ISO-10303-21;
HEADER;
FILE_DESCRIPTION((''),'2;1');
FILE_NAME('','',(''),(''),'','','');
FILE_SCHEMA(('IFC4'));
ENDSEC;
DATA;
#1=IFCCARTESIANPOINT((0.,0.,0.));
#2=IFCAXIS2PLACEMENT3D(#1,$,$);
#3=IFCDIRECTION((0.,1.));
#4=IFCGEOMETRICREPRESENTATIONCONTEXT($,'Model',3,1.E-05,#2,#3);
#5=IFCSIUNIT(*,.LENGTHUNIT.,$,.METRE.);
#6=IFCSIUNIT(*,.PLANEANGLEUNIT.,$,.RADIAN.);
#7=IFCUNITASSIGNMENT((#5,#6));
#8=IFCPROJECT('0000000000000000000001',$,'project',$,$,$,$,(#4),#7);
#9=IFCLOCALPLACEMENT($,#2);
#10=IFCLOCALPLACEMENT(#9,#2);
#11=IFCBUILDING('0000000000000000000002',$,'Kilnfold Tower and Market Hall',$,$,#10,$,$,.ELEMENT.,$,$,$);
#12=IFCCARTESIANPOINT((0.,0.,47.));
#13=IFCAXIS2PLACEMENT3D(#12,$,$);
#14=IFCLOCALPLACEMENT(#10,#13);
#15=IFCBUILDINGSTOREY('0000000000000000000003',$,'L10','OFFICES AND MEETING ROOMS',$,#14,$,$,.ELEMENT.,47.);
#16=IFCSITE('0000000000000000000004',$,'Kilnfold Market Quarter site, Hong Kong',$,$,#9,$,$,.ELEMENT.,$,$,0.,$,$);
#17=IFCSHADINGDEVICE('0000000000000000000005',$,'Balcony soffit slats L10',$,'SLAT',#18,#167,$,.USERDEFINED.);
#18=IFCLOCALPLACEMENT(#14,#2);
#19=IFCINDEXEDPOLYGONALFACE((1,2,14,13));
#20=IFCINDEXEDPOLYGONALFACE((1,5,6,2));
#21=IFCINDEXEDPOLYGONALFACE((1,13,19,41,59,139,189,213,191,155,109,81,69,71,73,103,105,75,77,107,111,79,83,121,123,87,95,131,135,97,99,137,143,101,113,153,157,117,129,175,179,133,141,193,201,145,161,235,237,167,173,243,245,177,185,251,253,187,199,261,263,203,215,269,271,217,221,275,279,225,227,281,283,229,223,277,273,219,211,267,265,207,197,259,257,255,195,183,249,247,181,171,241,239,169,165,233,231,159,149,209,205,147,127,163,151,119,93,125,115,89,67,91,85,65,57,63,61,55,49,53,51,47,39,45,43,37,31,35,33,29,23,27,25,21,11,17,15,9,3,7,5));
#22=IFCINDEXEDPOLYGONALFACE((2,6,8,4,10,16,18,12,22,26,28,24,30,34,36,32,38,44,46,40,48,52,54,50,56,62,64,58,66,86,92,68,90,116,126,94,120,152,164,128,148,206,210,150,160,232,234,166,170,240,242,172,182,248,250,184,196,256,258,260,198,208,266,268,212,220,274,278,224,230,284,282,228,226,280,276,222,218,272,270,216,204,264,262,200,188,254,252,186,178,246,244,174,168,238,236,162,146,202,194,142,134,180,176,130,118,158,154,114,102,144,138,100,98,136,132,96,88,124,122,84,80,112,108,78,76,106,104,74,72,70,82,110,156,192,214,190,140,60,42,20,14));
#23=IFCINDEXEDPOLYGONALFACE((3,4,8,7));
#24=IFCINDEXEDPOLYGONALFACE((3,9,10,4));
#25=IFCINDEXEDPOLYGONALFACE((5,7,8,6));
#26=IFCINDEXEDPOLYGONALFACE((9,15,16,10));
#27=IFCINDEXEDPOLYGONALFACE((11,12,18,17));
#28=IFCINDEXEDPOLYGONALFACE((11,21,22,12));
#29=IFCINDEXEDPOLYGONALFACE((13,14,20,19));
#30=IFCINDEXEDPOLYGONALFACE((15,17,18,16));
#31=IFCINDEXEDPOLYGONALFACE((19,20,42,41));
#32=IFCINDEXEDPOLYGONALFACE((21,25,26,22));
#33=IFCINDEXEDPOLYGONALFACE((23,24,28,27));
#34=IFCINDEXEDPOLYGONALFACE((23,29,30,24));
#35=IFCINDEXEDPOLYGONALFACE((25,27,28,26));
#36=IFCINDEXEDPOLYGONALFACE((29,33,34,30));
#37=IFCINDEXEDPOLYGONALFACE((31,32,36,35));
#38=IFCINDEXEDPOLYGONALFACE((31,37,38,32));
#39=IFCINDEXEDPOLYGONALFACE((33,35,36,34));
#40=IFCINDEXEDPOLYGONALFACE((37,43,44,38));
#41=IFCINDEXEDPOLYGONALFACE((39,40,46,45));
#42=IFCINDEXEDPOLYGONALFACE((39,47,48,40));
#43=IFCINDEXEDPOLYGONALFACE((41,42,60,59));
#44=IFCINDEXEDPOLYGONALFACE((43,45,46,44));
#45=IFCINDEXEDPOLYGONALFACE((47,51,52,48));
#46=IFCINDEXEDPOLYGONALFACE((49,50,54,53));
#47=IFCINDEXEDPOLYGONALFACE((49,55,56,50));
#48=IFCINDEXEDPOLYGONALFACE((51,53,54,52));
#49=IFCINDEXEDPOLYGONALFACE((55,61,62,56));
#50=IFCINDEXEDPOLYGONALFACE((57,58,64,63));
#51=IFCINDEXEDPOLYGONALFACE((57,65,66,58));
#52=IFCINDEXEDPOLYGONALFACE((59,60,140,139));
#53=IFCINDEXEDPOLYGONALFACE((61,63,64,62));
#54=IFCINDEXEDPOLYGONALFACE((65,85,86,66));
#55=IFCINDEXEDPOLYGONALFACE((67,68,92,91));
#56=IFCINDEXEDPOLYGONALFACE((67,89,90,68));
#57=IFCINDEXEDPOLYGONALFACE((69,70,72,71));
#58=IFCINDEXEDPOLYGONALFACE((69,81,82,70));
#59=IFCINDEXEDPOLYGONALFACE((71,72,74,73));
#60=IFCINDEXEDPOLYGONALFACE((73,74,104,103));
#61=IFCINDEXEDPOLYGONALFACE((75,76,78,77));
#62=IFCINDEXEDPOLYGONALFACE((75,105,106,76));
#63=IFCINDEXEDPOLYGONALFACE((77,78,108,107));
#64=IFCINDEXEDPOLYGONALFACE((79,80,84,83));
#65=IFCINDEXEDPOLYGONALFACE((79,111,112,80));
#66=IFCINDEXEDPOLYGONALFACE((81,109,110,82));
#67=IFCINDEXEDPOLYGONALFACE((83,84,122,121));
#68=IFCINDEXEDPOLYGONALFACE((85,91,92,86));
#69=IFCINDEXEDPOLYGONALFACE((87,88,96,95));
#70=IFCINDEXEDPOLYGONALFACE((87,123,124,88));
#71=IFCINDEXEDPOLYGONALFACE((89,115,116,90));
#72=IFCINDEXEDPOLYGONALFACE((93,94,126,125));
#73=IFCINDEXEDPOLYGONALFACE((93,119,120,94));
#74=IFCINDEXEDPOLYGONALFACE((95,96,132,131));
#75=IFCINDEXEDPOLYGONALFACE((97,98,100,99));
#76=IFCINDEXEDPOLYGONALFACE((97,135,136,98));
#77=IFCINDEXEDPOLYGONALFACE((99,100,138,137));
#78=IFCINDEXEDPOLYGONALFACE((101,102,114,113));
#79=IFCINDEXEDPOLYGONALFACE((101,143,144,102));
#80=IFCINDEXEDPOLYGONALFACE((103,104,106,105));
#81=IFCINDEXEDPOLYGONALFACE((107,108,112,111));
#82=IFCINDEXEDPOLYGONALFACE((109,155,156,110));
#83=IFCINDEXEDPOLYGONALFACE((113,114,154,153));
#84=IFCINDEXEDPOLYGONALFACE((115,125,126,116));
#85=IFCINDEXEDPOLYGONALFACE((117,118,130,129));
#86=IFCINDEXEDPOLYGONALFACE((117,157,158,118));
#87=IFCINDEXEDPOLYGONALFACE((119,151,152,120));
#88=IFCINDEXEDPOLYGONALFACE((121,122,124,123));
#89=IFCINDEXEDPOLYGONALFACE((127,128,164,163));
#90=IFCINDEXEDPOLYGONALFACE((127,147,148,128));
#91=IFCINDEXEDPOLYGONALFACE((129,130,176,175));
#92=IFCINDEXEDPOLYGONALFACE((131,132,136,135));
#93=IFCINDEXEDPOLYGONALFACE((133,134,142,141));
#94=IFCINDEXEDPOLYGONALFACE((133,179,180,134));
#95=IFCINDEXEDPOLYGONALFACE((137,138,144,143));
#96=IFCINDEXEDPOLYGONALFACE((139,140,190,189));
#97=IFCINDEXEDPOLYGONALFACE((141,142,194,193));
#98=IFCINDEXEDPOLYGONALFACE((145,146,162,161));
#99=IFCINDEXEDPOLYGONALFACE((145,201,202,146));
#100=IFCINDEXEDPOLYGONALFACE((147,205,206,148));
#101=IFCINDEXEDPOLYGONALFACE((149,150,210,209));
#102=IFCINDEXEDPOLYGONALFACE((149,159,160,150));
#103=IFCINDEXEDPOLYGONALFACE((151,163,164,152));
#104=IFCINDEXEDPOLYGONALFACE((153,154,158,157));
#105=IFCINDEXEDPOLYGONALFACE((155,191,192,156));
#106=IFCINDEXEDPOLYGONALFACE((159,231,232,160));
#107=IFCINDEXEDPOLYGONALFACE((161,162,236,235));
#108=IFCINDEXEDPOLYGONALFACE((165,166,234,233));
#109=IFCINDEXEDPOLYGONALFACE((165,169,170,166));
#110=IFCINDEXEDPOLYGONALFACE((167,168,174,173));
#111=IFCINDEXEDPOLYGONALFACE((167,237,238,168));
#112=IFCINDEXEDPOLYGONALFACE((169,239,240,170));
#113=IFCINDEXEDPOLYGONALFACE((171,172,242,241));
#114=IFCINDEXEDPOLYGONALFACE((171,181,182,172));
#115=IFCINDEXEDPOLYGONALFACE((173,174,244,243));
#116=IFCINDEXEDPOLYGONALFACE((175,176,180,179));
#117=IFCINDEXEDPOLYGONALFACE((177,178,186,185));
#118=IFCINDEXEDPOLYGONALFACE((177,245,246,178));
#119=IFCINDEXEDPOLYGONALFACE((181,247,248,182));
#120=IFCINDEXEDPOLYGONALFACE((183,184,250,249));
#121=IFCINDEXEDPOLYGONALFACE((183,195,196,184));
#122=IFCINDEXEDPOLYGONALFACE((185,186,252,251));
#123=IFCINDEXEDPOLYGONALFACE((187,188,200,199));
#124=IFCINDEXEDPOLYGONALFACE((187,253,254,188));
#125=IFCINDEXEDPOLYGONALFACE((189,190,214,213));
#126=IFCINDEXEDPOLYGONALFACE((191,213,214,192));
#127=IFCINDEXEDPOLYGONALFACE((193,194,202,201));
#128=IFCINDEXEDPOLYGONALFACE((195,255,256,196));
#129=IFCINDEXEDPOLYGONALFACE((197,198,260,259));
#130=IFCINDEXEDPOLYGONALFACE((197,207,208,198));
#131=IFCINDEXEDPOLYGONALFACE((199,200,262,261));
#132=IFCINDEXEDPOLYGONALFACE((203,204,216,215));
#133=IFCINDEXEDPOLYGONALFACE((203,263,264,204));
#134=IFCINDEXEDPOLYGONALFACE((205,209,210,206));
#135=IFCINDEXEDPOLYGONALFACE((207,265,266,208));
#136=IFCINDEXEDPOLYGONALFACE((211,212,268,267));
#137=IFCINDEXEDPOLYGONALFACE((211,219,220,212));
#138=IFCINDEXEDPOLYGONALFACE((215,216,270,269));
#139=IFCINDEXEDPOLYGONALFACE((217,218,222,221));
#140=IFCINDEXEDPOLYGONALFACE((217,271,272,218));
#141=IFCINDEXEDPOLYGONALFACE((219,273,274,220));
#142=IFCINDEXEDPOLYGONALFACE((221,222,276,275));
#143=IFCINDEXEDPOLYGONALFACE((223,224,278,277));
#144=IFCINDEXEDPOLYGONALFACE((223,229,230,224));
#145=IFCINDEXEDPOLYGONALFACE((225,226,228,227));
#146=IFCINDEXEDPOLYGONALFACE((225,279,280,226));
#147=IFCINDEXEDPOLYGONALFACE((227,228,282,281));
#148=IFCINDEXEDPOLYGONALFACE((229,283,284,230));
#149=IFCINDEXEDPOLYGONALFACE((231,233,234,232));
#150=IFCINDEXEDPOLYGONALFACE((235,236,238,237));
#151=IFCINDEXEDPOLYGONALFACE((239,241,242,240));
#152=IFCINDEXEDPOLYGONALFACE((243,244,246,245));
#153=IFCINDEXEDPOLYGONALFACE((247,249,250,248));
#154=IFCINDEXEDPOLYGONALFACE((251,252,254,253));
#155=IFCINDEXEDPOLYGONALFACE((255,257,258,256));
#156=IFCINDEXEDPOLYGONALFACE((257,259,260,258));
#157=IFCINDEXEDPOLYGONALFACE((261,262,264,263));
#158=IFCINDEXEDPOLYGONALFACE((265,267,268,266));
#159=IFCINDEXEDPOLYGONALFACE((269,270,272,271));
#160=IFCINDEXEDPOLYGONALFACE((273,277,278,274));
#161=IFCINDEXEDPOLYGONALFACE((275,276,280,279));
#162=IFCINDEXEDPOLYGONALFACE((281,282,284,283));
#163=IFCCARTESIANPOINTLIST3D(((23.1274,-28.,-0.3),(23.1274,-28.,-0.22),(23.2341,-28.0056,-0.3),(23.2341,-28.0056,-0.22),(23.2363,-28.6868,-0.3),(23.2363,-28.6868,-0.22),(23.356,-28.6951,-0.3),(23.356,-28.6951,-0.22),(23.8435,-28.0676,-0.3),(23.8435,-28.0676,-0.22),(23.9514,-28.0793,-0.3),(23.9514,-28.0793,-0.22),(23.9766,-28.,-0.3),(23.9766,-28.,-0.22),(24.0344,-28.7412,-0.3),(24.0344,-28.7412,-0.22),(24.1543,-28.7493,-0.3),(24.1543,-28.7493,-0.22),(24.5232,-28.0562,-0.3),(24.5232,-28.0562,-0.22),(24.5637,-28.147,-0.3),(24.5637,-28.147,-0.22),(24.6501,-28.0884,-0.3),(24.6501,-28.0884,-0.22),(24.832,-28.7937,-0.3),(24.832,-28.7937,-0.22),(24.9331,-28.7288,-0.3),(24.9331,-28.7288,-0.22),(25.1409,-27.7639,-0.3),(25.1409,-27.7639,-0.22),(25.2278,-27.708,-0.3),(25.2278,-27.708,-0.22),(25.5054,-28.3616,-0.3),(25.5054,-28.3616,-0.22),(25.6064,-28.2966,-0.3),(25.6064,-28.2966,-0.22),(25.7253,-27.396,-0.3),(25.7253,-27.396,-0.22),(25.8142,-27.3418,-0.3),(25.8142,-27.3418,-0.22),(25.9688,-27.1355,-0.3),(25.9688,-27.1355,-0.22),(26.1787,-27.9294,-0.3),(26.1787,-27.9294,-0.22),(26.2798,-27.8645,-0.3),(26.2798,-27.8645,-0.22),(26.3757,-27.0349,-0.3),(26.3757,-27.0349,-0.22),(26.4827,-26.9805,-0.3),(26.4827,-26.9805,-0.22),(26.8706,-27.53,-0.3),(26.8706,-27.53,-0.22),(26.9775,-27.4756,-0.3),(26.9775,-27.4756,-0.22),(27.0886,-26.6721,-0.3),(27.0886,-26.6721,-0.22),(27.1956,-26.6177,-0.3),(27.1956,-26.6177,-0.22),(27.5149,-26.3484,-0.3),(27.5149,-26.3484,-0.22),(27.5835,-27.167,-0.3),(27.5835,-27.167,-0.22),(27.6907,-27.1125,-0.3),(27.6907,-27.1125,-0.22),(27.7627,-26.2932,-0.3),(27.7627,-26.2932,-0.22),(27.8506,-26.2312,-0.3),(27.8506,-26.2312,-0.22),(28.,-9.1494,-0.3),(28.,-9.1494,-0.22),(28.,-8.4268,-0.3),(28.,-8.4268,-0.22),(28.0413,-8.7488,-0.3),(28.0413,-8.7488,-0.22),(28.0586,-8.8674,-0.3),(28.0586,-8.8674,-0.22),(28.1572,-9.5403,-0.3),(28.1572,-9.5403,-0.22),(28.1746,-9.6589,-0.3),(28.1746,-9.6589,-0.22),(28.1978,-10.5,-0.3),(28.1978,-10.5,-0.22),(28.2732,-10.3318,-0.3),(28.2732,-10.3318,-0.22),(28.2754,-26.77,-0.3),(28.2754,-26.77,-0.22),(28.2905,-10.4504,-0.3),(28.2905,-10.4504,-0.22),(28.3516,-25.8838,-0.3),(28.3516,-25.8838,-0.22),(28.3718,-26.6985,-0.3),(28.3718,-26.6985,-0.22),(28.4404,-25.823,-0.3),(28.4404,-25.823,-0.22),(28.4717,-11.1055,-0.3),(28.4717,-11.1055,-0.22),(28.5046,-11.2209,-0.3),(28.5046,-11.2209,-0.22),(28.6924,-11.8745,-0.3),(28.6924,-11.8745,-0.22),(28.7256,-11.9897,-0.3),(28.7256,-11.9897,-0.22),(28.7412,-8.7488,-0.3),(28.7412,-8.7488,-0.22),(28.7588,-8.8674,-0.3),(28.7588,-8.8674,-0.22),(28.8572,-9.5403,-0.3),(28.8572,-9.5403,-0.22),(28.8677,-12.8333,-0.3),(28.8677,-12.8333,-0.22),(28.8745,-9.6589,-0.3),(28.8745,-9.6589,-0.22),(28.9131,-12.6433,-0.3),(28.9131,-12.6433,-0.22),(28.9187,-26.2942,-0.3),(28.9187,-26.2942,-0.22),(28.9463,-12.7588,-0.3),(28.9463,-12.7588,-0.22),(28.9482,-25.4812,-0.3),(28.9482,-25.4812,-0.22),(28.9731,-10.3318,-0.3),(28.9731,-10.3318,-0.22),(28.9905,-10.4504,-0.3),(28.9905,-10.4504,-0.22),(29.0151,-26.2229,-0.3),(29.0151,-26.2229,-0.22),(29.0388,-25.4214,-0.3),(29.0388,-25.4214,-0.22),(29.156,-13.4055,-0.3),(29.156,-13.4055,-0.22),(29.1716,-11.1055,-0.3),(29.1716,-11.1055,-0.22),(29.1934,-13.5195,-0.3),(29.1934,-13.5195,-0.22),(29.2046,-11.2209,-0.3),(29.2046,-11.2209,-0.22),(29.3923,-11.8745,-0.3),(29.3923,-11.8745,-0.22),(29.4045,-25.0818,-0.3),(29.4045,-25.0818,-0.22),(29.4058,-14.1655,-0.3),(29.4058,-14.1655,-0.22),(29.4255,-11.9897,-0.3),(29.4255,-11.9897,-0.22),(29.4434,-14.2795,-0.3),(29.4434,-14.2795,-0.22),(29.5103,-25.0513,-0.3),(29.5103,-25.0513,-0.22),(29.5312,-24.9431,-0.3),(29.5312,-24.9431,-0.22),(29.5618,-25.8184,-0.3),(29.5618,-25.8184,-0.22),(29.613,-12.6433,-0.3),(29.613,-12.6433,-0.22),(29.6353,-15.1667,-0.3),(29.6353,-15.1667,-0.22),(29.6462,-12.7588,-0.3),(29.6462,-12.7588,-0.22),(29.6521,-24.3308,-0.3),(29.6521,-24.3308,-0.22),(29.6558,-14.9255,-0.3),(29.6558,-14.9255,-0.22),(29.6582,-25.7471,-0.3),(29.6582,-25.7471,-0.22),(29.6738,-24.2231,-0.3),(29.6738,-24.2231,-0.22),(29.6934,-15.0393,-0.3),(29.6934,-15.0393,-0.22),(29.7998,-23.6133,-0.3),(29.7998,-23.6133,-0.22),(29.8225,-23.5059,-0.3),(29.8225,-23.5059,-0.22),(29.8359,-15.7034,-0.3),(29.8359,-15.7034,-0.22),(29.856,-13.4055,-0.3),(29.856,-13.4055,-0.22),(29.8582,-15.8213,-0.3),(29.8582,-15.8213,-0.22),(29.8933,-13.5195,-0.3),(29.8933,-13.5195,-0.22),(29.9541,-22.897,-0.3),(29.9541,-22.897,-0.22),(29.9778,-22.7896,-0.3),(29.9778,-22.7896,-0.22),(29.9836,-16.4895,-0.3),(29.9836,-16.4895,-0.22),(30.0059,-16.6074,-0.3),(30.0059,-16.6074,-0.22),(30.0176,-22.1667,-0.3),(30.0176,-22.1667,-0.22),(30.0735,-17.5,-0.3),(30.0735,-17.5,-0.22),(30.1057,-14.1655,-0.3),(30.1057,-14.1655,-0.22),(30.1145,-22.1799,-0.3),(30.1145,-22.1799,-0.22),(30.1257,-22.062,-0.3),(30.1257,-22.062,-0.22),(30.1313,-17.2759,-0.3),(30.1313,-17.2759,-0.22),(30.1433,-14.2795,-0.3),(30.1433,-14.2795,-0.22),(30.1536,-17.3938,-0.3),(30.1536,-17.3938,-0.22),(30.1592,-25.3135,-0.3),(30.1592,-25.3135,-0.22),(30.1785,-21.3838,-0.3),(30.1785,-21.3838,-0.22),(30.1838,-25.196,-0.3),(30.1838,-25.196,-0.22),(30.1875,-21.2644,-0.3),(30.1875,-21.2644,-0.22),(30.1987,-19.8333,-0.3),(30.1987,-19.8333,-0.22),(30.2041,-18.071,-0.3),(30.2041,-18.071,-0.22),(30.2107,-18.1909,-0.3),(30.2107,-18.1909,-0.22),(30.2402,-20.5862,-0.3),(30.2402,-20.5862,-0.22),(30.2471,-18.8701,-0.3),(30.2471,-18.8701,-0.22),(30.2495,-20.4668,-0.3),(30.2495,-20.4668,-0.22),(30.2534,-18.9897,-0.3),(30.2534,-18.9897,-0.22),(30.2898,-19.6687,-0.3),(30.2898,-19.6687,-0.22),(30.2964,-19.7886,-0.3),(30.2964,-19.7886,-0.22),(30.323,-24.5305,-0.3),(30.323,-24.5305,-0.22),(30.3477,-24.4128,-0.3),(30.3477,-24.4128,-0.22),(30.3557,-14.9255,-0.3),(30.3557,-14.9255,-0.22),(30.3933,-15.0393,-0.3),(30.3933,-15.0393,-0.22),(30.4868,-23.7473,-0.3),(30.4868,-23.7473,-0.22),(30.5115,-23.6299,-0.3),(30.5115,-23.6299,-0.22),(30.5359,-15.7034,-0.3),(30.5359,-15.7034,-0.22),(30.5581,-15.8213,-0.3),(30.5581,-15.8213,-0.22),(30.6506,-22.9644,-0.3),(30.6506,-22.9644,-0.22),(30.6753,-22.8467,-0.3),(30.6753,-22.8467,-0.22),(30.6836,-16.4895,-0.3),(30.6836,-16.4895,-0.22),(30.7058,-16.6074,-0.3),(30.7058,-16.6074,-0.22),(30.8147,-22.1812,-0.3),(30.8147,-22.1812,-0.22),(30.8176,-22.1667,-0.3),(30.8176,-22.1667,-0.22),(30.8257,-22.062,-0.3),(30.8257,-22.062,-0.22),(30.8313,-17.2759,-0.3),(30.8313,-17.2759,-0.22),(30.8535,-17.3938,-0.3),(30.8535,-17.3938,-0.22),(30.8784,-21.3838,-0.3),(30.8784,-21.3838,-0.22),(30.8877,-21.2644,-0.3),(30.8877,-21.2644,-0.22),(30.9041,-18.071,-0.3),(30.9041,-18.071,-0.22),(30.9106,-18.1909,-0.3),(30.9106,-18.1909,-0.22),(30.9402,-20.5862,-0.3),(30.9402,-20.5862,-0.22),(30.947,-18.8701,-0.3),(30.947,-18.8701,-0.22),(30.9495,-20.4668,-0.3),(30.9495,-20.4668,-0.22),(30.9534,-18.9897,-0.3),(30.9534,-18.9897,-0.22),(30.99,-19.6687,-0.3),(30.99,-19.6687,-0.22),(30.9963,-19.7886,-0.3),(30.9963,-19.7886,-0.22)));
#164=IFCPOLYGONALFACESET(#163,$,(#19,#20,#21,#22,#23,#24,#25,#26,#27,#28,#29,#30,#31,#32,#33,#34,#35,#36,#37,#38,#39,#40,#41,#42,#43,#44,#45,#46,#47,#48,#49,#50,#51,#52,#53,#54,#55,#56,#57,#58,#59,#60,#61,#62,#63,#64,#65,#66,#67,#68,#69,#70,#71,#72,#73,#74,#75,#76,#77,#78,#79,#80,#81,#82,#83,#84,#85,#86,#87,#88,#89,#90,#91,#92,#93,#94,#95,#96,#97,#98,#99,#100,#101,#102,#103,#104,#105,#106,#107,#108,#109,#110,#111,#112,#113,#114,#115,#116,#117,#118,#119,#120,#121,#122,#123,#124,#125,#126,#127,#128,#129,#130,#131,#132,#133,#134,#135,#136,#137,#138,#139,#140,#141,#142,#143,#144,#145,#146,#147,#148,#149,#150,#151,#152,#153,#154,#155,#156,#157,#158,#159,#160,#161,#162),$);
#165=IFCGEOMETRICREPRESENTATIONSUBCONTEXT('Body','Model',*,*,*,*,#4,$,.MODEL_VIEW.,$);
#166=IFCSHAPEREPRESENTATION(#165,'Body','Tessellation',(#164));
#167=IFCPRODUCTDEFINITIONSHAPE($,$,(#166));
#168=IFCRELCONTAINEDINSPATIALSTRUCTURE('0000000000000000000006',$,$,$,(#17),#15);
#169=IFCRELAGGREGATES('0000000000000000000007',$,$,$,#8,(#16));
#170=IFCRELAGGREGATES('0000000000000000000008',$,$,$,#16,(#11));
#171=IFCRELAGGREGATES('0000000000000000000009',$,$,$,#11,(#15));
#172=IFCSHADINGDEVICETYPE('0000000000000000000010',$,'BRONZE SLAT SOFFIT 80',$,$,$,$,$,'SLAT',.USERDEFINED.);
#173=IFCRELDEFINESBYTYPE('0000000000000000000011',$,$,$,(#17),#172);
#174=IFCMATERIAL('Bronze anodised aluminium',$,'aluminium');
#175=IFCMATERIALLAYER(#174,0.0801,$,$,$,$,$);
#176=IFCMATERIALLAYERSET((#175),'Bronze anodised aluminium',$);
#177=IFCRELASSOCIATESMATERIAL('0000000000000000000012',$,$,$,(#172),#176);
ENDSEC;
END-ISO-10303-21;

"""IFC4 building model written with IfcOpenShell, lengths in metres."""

from ifc_helpers import new_model, si_unit, direction, frame, origin, place, context, subcontext, project, spatial, polyline, outline, extrude, source, transform, mapped, material, layer, layer_set, type_object, element, save


model = new_model("IFC4")

# Units and contexts
model_context = context("Model", 3, precision=1e-05, world=origin(), true_north=direction((0.0, 1.0)))
body_context = subcontext(model_context, "Body", "Model", "MODEL_VIEW")
ifc_project = project(units=[si_unit("LENGTHUNIT", "METRE"), si_unit("PLANEANGLEUNIT", "RADIAN")], contexts=[model_context])

# Site, building, storey
site_placement = place(None, origin())
site = spatial("IfcSite", under=ifc_project, at=site_placement, Name="Kilnfold Market Quarter site, Hong Kong", CompositionType="ELEMENT", RefElevation=0.0)
building_placement = place(site_placement, origin())
building = spatial("IfcBuilding", under=site, at=building_placement, Name="Kilnfold Tower and Market Hall", CompositionType="ELEMENT")
storey_placement = place(building_placement, frame((0.0, 0.0, 47.0)))
storey = spatial("IfcBuildingStorey", under=building, at=storey_placement, Name="L10", Description="OFFICES AND MEETING ROOMS", CompositionType="ELEMENT", Elevation=47.0)

# Shading device
ifc_material_1 = material(Name="Bronze anodised aluminium", Category="aluminium")
ifc_layer_1 = layer(ifc_material_1, 0.0801)
ifc_layer_set_1 = layer_set([ifc_layer_1], Name="Bronze anodised aluminium")
shading_device_type_1 = type_object("IfcShadingDeviceType", Name="BRONZE SLAT SOFFIT 80", ElementType="SLAT", PredefinedType="USERDEFINED", material=ifc_layer_set_1)
shared_shape_1 = source(origin(), body_context, "Body", "SweptSolid", [
    extrude(outline(polyline([(24.5232, -28.0562), (25.9688, -27.1355), (27.5149, -26.3484), (29.4045, -25.0818), (30.0176, -22.1667), (30.1987, -19.8333), (30.0735, -17.5), (29.6353, -15.1667), (28.8677, -12.8333), (28.1978, -10.5), (28.0, -9.1494), (28.0, -8.4268), (28.0413, -8.7488), (28.7412, -8.7488), (28.7588, -8.8674), (28.0586, -8.8674), (28.1572, -9.5403), (28.8572, -9.5403), (28.8745, -9.6589), (28.1746, -9.6589), (28.2732, -10.3318), (28.9731, -10.3318), (28.9905, -10.4504), (28.2905, -10.4504), (28.4717, -11.1055), (29.1716, -11.1055), (29.2046, -11.2209), (28.5046, -11.2209), (28.6924, -11.8745), (29.3923, -11.8745), (29.4255, -11.9897), (28.7256, -11.9897), (28.9131, -12.6433), (29.613, -12.6433), (29.6462, -12.7588), (28.9463, -12.7588), (29.156, -13.4055), (29.856, -13.4055), (29.8933, -13.5195), (29.1934, -13.5195), (29.4058, -14.1655), (30.1057, -14.1655), (30.1433, -14.2795), (29.4434, -14.2795), (29.6558, -14.9255), (30.3557, -14.9255), (30.3933, -15.0393), (29.6934, -15.0393), (29.8359, -15.7034), (30.5359, -15.7034), (30.5581, -15.8213), (29.8582, -15.8213), (29.9836, -16.4895), (30.6836, -16.4895), (30.7058, -16.6074), (30.0059, -16.6074), (30.1313, -17.2759), (30.8313, -17.2759), (30.8535, -17.3938), (30.1536, -17.3938), (30.2041, -18.071), (30.9041, -18.071), (30.9106, -18.1909), (30.2107, -18.1909), (30.2471, -18.8701), (30.947, -18.8701), (30.9534, -18.9897), (30.2534, -18.9897), (30.2898, -19.6687), (30.99, -19.6687), (30.9963, -19.7886), (30.2964, -19.7886), (30.2495, -20.4668), (30.9495, -20.4668), (30.9402, -20.5862), (30.2402, -20.5862), (30.1875, -21.2644), (30.8877, -21.2644), (30.8784, -21.3838), (30.1785, -21.3838), (30.1257, -22.062), (30.8257, -22.062), (30.8176, -22.1667), (30.8147, -22.1812), (30.1145, -22.1799), (29.9778, -22.7896), (30.6753, -22.8467), (30.6506, -22.9644), (29.9541, -22.897), (29.8225, -23.5059), (30.5115, -23.6299), (30.4868, -23.7473), (29.7998, -23.6133), (29.6738, -24.2231), (30.3477, -24.4128), (30.323, -24.5305), (29.6521, -24.3308), (29.5312, -24.9431), (30.1838, -25.196), (30.1592, -25.3135), (29.5103, -25.0513), (29.0388, -25.4214), (29.6582, -25.7471), (29.5618, -25.8184), (28.9482, -25.4812), (28.4404, -25.823), (29.0151, -26.2229), (28.9187, -26.2942), (28.3516, -25.8838), (27.8506, -26.2312), (28.3718, -26.6985), (28.2754, -26.77), (27.7627, -26.2932), (27.1956, -26.6177), (27.6907, -27.1125), (27.5835, -27.167), (27.0886, -26.6721), (26.4827, -26.9805), (26.9775, -27.4756), (26.8706, -27.53), (26.3757, -27.0349), (25.8142, -27.3418), (26.2798, -27.8645), (26.1787, -27.9294), (25.7253, -27.396), (25.2278, -27.708), (25.6064, -28.2966), (25.5054, -28.3616), (25.1409, -27.7639), (24.6501, -28.0884), (24.9331, -28.7288), (24.832, -28.7937), (24.5637, -28.147), (23.9514, -28.0793), (24.1543, -28.7493), (24.0344, -28.7412), (23.8435, -28.0676), (23.2341, -28.0056), (23.356, -28.6951), (23.2363, -28.6868), (23.1274, -28.0), (23.9766, -28.0), (24.5232, -28.0562)])), origin(), (0.0, 0.0, 1.0), 0.0801),
])
shading_device_1_placement = place(storey_placement, frame((0.0, 0.0, -0.3)))
element("IfcShadingDevice", 1, at=shading_device_1_placement, inside=storey, type_object=shading_device_type_1, Name="Balcony soffit slats L10", ObjectType="SLAT", PredefinedType="USERDEFINED", context=body_context, shape_type="MappedRepresentation", body=[
    mapped(shared_shape_1, transform((0.0, 0.0, 0.0))),
])

save(model, "model.ifc")
